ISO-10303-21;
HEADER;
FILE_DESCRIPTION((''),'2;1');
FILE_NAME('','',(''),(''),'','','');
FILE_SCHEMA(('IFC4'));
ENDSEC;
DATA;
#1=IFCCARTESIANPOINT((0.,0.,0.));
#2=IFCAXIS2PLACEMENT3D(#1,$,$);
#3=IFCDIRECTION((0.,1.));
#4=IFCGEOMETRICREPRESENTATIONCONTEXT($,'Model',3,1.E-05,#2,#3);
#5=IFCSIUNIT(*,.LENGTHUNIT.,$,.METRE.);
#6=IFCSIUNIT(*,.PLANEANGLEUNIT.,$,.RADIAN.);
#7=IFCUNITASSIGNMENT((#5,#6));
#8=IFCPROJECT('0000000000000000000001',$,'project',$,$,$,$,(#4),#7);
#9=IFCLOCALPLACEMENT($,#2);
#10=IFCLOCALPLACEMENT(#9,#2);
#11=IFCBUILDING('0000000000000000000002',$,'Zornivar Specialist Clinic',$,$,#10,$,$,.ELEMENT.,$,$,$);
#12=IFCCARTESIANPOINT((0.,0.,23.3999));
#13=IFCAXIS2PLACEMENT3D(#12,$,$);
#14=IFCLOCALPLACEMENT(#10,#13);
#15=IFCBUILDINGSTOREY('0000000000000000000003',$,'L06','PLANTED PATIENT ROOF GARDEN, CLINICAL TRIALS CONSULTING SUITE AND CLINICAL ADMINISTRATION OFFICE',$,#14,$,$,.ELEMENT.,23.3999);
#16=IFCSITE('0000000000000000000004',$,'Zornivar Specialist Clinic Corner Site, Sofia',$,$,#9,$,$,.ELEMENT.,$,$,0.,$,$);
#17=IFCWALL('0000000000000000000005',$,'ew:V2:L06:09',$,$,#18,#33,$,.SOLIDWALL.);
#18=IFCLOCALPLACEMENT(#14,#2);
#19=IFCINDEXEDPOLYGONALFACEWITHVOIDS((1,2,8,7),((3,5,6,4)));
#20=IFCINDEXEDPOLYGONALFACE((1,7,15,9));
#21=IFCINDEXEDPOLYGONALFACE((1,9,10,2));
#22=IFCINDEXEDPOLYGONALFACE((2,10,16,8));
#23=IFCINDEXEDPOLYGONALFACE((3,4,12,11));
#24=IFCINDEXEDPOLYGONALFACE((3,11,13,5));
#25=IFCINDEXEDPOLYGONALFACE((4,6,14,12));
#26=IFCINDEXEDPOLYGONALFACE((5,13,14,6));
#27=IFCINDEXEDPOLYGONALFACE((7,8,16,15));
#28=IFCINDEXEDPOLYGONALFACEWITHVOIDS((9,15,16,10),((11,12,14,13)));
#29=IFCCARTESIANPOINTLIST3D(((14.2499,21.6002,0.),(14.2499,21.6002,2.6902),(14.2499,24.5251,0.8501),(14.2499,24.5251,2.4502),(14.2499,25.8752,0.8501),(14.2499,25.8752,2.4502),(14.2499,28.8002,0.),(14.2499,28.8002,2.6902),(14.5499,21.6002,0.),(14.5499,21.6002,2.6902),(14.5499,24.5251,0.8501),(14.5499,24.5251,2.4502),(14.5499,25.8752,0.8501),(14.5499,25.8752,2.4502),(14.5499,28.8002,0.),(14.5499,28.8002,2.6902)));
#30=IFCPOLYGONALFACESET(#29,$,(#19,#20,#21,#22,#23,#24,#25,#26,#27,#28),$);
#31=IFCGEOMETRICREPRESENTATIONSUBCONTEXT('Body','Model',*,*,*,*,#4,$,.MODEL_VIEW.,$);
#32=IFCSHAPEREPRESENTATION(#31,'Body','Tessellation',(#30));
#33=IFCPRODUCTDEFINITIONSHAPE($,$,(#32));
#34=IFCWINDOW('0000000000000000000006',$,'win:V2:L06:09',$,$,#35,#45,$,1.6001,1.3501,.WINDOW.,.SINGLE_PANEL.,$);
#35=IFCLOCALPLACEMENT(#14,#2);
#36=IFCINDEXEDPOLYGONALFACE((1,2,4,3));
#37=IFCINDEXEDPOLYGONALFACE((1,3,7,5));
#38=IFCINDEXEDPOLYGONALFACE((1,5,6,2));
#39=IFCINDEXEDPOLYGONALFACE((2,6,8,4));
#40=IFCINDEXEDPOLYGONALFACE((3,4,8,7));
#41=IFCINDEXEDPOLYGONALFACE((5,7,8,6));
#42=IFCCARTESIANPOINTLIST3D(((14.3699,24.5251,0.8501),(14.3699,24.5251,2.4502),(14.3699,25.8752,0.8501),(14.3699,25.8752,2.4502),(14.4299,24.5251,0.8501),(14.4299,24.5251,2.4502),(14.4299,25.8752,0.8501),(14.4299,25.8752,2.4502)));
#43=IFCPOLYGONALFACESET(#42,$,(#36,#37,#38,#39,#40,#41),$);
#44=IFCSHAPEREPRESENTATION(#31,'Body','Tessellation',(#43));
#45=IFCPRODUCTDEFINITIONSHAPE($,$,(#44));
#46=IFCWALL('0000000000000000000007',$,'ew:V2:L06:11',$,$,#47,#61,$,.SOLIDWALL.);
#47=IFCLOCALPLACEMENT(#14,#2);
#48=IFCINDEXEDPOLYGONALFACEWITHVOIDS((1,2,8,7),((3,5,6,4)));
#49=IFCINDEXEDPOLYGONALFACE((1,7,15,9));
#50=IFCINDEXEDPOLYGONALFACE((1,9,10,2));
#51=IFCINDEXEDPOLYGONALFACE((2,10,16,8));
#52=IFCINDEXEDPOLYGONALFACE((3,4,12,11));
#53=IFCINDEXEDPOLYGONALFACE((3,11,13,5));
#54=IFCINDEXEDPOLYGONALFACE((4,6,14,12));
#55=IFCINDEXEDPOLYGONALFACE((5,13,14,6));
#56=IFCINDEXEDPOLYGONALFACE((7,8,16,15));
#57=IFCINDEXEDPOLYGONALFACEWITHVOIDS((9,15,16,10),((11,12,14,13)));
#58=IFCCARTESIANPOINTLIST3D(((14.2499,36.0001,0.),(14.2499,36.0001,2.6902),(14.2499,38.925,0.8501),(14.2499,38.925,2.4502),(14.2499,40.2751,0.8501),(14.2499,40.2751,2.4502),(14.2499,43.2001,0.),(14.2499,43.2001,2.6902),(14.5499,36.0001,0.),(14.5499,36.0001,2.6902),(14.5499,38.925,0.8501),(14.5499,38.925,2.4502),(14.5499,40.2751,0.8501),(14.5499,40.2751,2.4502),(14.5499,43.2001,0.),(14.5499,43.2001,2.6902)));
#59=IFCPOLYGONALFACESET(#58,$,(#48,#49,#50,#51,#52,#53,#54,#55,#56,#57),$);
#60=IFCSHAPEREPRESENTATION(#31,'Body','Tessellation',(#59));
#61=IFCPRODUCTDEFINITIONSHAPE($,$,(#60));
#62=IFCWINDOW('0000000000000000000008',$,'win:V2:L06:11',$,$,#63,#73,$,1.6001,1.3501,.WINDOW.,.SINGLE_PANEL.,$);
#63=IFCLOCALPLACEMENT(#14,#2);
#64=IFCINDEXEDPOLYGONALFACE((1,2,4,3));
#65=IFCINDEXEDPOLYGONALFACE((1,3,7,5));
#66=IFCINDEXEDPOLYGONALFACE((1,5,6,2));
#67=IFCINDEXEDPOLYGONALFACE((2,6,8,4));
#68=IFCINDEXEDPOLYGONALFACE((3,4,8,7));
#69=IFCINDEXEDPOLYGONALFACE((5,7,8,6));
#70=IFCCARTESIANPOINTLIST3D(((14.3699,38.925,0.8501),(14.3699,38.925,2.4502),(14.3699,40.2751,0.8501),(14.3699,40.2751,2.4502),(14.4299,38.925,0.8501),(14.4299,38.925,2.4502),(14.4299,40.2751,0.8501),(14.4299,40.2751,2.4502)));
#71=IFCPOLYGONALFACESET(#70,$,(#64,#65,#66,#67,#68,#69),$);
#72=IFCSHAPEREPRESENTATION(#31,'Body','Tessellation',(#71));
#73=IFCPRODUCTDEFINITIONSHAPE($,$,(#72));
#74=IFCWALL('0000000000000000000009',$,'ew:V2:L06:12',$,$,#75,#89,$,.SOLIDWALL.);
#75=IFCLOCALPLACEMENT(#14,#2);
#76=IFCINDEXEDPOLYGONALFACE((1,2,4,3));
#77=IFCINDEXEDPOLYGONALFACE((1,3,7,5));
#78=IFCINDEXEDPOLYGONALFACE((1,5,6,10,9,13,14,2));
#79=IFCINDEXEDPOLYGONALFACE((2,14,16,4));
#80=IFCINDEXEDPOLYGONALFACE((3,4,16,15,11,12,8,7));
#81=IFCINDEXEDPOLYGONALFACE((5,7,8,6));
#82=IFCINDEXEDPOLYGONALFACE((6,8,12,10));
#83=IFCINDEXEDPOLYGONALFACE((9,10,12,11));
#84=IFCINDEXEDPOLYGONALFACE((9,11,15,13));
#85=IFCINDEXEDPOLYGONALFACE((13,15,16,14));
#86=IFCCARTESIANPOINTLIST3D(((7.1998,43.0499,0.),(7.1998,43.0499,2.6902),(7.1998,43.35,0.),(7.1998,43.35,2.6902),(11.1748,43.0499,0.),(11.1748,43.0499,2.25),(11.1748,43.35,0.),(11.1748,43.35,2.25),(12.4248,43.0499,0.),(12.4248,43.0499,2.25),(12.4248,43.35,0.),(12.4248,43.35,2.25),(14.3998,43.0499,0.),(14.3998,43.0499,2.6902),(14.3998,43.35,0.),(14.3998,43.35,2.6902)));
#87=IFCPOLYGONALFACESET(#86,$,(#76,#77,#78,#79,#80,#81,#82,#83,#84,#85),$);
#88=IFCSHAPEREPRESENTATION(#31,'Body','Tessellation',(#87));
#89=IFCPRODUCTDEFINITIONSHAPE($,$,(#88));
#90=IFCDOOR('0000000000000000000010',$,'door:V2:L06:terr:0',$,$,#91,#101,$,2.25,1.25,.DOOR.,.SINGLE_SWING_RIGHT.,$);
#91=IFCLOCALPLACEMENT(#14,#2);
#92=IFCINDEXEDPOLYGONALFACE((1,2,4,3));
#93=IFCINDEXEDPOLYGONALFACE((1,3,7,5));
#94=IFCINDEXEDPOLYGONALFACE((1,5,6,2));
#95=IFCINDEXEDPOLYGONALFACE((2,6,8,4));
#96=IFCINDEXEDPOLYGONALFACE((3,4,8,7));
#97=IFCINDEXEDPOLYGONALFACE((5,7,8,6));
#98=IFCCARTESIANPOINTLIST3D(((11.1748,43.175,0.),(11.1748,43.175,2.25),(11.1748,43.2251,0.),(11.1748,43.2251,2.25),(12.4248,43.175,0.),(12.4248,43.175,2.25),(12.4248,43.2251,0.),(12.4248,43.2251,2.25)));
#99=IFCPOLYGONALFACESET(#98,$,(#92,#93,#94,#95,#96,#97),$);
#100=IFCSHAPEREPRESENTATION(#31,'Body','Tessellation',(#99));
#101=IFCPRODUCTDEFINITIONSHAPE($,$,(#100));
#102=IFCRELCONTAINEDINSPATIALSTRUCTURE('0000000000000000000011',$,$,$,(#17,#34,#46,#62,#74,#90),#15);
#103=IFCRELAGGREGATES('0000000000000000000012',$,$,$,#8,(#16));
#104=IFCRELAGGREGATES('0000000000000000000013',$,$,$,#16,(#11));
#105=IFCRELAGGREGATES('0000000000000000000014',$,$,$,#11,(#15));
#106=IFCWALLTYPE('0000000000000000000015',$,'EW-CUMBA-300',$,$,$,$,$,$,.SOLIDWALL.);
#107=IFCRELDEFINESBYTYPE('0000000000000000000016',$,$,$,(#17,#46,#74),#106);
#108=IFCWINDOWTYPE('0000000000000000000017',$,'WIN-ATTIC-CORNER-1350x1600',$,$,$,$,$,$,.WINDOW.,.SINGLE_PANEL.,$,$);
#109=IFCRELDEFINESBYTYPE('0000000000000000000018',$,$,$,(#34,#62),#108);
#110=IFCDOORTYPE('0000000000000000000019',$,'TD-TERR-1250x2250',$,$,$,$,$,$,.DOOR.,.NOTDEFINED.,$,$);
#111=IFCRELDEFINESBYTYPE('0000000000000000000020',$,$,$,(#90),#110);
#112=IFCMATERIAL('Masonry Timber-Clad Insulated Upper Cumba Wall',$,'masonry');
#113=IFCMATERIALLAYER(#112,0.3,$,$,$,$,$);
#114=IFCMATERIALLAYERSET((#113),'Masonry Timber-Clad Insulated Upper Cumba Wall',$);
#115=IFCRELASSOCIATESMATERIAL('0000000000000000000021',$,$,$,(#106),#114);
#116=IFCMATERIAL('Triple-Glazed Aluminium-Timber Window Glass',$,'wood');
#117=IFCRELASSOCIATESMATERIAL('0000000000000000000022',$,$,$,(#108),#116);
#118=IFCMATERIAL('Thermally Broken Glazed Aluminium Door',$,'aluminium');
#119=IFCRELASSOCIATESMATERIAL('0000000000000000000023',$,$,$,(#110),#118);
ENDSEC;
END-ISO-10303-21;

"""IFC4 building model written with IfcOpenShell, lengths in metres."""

from ifc_helpers import new_model, si_unit, direction, frame, frame_2d, origin, place, context, subcontext, project, spatial, rectangle, extrude, material, layer, layer_set, type_object, element, fill, save


model = new_model("IFC4")

# Units and contexts
model_context = context("Model", 3, precision=1e-05, world=origin(), true_north=direction((0.0, 1.0)))
body_context = subcontext(model_context, "Body", "Model", "MODEL_VIEW")
ifc_project = project(units=[si_unit("LENGTHUNIT", "METRE"), si_unit("PLANEANGLEUNIT", "RADIAN")], contexts=[model_context])

# Site, building, storey
site_placement = place(None, origin())
site = spatial("IfcSite", under=ifc_project, at=site_placement, Name="Zornivar Specialist Clinic Corner Site, Sofia", CompositionType="ELEMENT", RefElevation=0.0)
building_placement = place(site_placement, origin())
building = spatial("IfcBuilding", under=site, at=building_placement, Name="Zornivar Specialist Clinic", CompositionType="ELEMENT")
storey_placement = place(building_placement, frame((0.0, 0.0, 23.3999)))
storey = spatial("IfcBuildingStorey", under=building, at=storey_placement, Name="L06", Description="PLANTED PATIENT ROOF GARDEN, CLINICAL TRIALS CONSULTING SUITE AND CLINICAL ADMINISTRATION OFFICE", CompositionType="ELEMENT", Elevation=23.3999)

# Walls, openings, windows
ifc_material_1 = material(Name="Masonry Timber-Clad Insulated Upper Cumba Wall", Category="masonry")
ifc_layer_1 = layer(ifc_material_1, 0.3)
ifc_layer_set_1 = layer_set([ifc_layer_1], Name="Masonry Timber-Clad Insulated Upper Cumba Wall")
wall_type = type_object("IfcWallType", Name="EW-CUMBA-300", PredefinedType="SOLIDWALL", material=ifc_layer_set_1)
wall_1_placement = place(storey_placement, frame((14.3999, 21.6001, 0.0), z_axis=(0.0, 0.0, 1.0), x_axis=(0.0, 1.0, 0.0)))
wall_1 = element("IfcWall", 1, at=wall_1_placement, inside=storey, type_object=wall_type, Name="ew:V2:L06:09", PredefinedType="SOLIDWALL", context=body_context, shape_type="SweptSolid", body=[
    extrude(rectangle(XDim=7.2, YDim=0.3, at=frame_2d((3.6001, 0.0))), origin(), (0.0, 0.0, 1.0), 2.6902),
])
opening_1_placement = place(wall_1_placement, frame((2.925, 0.0, 0.8501)))
opening_1 = element("IfcOpeningElement", 2, at=opening_1_placement, cuts=wall_1, PredefinedType="OPENING", context=body_context, shape_type="SweptSolid", body=[
    extrude(rectangle(XDim=1.3501, YDim=1.6001, at=frame_2d((0.675, 0.8))), frame((0.0, 0.1599, 0.0), z_axis=(0.0, -1.0, 0.0), x_axis=(1.0, 0.0, 0.0)), (0.0, 0.0, 1.0), 0.3201),
])
ifc_material_2 = material(Name="Triple-Glazed Aluminium-Timber Window Glass", Category="wood")
window_type = type_object("IfcWindowType", Name="WIN-ATTIC-CORNER-1350x1600", PartitioningType="SINGLE_PANEL", PredefinedType="WINDOW", material=ifc_material_2)
window_1_placement = place(opening_1_placement, origin())
window_1 = element("IfcWindow", 3, at=window_1_placement, inside=storey, type_object=window_type, Name="win:V2:L06:09", OverallHeight=1.6001, OverallWidth=1.3501, PartitioningType="SINGLE_PANEL", PredefinedType="WINDOW", context=body_context, shape_type="SweptSolid", body=[
    extrude(rectangle(XDim=1.3501, YDim=1.6001, at=frame_2d((0.675, 0.8))), frame((0.0, 0.03, 0.0), z_axis=(0.0, -1.0, 0.0), x_axis=(1.0, 0.0, 0.0)), (0.0, 0.0, 1.0), 0.0601),
])
fill(opening_1, window_1)
wall_2_placement = place(storey_placement, frame((14.3999, 36.0, 0.0), z_axis=(0.0, 0.0, 1.0), x_axis=(0.0, 1.0, 0.0)))
wall_2 = element("IfcWall", 4, at=wall_2_placement, inside=storey, type_object=wall_type, Name="ew:V2:L06:11", PredefinedType="SOLIDWALL", context=body_context, shape_type="SweptSolid", body=[
    extrude(rectangle(XDim=7.2, YDim=0.3, at=frame_2d((3.6001, 0.0))), origin(), (0.0, 0.0, 1.0), 2.6902),
])
opening_2_placement = place(wall_2_placement, frame((2.925, 0.0, 0.8501)))
opening_2 = element("IfcOpeningElement", 5, at=opening_2_placement, cuts=wall_2, PredefinedType="OPENING", context=body_context, shape_type="SweptSolid", body=[
    extrude(rectangle(XDim=1.3501, YDim=1.6001, at=frame_2d((0.675, 0.8))), frame((0.0, 0.1599, 0.0), z_axis=(0.0, -1.0, 0.0), x_axis=(1.0, 0.0, 0.0)), (0.0, 0.0, 1.0), 0.3201),
])
window_2_placement = place(opening_2_placement, origin())
window_2 = element("IfcWindow", 6, at=window_2_placement, inside=storey, type_object=window_type, Name="win:V2:L06:11", OverallHeight=1.6001, OverallWidth=1.3501, PartitioningType="SINGLE_PANEL", PredefinedType="WINDOW", context=body_context, shape_type="SweptSolid", body=[
    extrude(rectangle(XDim=1.3501, YDim=1.6001, at=frame_2d((0.675, 0.8))), frame((0.0, 0.03, 0.0), z_axis=(0.0, -1.0, 0.0), x_axis=(1.0, 0.0, 0.0)), (0.0, 0.0, 1.0), 0.0601),
])
fill(opening_2, window_2)

# Wall, opening, door
wall_3_placement = place(storey_placement, frame((14.3999, 43.2, 0.0), z_axis=(0.0, 0.0, 1.0), x_axis=(-1.0, 0.0, 0.0)))
wall_3 = element("IfcWall", 7, at=wall_3_placement, inside=storey, type_object=wall_type, Name="ew:V2:L06:12", PredefinedType="SOLIDWALL", context=body_context, shape_type="SweptSolid", body=[
    extrude(rectangle(XDim=7.2, YDim=0.3, at=frame_2d((3.6001, 0.0))), origin(), (0.0, 0.0, 1.0), 2.6902),
])
opening_3_placement = place(wall_3_placement, frame((1.9751, 0.0, 0.0)))
opening_3 = element("IfcOpeningElement", 8, at=opening_3_placement, cuts=wall_3, PredefinedType="OPENING", context=body_context, shape_type="SweptSolid", body=[
    extrude(rectangle(XDim=1.25, YDim=2.25, at=frame_2d((0.625, 1.125))), frame((0.0, 0.1599, 0.0), z_axis=(0.0, -1.0, 0.0), x_axis=(1.0, 0.0, 0.0)), (0.0, 0.0, 1.0), 0.3201),
])
ifc_material_3 = material(Name="Thermally Broken Glazed Aluminium Door", Category="aluminium")
door_type = type_object("IfcDoorType", Name="TD-TERR-1250x2250", OperationType="NOTDEFINED", PredefinedType="DOOR", material=ifc_material_3)
door_placement = place(opening_3_placement, origin())
door = element("IfcDoor", 9, at=door_placement, inside=storey, type_object=door_type, Name="door:V2:L06:terr:0", OperationType="SINGLE_SWING_RIGHT", OverallHeight=2.25, OverallWidth=1.25, PredefinedType="DOOR", context=body_context, shape_type="SweptSolid", body=[
    extrude(rectangle(XDim=1.25, YDim=2.25, at=frame_2d((0.625, 1.125))), frame((0.0, 0.0249, 0.0), z_axis=(0.0, -1.0, 0.0), x_axis=(1.0, 0.0, 0.0)), (0.0, 0.0, 1.0), 0.05),
])
fill(opening_3, door)

save(model, "model.ifc")
